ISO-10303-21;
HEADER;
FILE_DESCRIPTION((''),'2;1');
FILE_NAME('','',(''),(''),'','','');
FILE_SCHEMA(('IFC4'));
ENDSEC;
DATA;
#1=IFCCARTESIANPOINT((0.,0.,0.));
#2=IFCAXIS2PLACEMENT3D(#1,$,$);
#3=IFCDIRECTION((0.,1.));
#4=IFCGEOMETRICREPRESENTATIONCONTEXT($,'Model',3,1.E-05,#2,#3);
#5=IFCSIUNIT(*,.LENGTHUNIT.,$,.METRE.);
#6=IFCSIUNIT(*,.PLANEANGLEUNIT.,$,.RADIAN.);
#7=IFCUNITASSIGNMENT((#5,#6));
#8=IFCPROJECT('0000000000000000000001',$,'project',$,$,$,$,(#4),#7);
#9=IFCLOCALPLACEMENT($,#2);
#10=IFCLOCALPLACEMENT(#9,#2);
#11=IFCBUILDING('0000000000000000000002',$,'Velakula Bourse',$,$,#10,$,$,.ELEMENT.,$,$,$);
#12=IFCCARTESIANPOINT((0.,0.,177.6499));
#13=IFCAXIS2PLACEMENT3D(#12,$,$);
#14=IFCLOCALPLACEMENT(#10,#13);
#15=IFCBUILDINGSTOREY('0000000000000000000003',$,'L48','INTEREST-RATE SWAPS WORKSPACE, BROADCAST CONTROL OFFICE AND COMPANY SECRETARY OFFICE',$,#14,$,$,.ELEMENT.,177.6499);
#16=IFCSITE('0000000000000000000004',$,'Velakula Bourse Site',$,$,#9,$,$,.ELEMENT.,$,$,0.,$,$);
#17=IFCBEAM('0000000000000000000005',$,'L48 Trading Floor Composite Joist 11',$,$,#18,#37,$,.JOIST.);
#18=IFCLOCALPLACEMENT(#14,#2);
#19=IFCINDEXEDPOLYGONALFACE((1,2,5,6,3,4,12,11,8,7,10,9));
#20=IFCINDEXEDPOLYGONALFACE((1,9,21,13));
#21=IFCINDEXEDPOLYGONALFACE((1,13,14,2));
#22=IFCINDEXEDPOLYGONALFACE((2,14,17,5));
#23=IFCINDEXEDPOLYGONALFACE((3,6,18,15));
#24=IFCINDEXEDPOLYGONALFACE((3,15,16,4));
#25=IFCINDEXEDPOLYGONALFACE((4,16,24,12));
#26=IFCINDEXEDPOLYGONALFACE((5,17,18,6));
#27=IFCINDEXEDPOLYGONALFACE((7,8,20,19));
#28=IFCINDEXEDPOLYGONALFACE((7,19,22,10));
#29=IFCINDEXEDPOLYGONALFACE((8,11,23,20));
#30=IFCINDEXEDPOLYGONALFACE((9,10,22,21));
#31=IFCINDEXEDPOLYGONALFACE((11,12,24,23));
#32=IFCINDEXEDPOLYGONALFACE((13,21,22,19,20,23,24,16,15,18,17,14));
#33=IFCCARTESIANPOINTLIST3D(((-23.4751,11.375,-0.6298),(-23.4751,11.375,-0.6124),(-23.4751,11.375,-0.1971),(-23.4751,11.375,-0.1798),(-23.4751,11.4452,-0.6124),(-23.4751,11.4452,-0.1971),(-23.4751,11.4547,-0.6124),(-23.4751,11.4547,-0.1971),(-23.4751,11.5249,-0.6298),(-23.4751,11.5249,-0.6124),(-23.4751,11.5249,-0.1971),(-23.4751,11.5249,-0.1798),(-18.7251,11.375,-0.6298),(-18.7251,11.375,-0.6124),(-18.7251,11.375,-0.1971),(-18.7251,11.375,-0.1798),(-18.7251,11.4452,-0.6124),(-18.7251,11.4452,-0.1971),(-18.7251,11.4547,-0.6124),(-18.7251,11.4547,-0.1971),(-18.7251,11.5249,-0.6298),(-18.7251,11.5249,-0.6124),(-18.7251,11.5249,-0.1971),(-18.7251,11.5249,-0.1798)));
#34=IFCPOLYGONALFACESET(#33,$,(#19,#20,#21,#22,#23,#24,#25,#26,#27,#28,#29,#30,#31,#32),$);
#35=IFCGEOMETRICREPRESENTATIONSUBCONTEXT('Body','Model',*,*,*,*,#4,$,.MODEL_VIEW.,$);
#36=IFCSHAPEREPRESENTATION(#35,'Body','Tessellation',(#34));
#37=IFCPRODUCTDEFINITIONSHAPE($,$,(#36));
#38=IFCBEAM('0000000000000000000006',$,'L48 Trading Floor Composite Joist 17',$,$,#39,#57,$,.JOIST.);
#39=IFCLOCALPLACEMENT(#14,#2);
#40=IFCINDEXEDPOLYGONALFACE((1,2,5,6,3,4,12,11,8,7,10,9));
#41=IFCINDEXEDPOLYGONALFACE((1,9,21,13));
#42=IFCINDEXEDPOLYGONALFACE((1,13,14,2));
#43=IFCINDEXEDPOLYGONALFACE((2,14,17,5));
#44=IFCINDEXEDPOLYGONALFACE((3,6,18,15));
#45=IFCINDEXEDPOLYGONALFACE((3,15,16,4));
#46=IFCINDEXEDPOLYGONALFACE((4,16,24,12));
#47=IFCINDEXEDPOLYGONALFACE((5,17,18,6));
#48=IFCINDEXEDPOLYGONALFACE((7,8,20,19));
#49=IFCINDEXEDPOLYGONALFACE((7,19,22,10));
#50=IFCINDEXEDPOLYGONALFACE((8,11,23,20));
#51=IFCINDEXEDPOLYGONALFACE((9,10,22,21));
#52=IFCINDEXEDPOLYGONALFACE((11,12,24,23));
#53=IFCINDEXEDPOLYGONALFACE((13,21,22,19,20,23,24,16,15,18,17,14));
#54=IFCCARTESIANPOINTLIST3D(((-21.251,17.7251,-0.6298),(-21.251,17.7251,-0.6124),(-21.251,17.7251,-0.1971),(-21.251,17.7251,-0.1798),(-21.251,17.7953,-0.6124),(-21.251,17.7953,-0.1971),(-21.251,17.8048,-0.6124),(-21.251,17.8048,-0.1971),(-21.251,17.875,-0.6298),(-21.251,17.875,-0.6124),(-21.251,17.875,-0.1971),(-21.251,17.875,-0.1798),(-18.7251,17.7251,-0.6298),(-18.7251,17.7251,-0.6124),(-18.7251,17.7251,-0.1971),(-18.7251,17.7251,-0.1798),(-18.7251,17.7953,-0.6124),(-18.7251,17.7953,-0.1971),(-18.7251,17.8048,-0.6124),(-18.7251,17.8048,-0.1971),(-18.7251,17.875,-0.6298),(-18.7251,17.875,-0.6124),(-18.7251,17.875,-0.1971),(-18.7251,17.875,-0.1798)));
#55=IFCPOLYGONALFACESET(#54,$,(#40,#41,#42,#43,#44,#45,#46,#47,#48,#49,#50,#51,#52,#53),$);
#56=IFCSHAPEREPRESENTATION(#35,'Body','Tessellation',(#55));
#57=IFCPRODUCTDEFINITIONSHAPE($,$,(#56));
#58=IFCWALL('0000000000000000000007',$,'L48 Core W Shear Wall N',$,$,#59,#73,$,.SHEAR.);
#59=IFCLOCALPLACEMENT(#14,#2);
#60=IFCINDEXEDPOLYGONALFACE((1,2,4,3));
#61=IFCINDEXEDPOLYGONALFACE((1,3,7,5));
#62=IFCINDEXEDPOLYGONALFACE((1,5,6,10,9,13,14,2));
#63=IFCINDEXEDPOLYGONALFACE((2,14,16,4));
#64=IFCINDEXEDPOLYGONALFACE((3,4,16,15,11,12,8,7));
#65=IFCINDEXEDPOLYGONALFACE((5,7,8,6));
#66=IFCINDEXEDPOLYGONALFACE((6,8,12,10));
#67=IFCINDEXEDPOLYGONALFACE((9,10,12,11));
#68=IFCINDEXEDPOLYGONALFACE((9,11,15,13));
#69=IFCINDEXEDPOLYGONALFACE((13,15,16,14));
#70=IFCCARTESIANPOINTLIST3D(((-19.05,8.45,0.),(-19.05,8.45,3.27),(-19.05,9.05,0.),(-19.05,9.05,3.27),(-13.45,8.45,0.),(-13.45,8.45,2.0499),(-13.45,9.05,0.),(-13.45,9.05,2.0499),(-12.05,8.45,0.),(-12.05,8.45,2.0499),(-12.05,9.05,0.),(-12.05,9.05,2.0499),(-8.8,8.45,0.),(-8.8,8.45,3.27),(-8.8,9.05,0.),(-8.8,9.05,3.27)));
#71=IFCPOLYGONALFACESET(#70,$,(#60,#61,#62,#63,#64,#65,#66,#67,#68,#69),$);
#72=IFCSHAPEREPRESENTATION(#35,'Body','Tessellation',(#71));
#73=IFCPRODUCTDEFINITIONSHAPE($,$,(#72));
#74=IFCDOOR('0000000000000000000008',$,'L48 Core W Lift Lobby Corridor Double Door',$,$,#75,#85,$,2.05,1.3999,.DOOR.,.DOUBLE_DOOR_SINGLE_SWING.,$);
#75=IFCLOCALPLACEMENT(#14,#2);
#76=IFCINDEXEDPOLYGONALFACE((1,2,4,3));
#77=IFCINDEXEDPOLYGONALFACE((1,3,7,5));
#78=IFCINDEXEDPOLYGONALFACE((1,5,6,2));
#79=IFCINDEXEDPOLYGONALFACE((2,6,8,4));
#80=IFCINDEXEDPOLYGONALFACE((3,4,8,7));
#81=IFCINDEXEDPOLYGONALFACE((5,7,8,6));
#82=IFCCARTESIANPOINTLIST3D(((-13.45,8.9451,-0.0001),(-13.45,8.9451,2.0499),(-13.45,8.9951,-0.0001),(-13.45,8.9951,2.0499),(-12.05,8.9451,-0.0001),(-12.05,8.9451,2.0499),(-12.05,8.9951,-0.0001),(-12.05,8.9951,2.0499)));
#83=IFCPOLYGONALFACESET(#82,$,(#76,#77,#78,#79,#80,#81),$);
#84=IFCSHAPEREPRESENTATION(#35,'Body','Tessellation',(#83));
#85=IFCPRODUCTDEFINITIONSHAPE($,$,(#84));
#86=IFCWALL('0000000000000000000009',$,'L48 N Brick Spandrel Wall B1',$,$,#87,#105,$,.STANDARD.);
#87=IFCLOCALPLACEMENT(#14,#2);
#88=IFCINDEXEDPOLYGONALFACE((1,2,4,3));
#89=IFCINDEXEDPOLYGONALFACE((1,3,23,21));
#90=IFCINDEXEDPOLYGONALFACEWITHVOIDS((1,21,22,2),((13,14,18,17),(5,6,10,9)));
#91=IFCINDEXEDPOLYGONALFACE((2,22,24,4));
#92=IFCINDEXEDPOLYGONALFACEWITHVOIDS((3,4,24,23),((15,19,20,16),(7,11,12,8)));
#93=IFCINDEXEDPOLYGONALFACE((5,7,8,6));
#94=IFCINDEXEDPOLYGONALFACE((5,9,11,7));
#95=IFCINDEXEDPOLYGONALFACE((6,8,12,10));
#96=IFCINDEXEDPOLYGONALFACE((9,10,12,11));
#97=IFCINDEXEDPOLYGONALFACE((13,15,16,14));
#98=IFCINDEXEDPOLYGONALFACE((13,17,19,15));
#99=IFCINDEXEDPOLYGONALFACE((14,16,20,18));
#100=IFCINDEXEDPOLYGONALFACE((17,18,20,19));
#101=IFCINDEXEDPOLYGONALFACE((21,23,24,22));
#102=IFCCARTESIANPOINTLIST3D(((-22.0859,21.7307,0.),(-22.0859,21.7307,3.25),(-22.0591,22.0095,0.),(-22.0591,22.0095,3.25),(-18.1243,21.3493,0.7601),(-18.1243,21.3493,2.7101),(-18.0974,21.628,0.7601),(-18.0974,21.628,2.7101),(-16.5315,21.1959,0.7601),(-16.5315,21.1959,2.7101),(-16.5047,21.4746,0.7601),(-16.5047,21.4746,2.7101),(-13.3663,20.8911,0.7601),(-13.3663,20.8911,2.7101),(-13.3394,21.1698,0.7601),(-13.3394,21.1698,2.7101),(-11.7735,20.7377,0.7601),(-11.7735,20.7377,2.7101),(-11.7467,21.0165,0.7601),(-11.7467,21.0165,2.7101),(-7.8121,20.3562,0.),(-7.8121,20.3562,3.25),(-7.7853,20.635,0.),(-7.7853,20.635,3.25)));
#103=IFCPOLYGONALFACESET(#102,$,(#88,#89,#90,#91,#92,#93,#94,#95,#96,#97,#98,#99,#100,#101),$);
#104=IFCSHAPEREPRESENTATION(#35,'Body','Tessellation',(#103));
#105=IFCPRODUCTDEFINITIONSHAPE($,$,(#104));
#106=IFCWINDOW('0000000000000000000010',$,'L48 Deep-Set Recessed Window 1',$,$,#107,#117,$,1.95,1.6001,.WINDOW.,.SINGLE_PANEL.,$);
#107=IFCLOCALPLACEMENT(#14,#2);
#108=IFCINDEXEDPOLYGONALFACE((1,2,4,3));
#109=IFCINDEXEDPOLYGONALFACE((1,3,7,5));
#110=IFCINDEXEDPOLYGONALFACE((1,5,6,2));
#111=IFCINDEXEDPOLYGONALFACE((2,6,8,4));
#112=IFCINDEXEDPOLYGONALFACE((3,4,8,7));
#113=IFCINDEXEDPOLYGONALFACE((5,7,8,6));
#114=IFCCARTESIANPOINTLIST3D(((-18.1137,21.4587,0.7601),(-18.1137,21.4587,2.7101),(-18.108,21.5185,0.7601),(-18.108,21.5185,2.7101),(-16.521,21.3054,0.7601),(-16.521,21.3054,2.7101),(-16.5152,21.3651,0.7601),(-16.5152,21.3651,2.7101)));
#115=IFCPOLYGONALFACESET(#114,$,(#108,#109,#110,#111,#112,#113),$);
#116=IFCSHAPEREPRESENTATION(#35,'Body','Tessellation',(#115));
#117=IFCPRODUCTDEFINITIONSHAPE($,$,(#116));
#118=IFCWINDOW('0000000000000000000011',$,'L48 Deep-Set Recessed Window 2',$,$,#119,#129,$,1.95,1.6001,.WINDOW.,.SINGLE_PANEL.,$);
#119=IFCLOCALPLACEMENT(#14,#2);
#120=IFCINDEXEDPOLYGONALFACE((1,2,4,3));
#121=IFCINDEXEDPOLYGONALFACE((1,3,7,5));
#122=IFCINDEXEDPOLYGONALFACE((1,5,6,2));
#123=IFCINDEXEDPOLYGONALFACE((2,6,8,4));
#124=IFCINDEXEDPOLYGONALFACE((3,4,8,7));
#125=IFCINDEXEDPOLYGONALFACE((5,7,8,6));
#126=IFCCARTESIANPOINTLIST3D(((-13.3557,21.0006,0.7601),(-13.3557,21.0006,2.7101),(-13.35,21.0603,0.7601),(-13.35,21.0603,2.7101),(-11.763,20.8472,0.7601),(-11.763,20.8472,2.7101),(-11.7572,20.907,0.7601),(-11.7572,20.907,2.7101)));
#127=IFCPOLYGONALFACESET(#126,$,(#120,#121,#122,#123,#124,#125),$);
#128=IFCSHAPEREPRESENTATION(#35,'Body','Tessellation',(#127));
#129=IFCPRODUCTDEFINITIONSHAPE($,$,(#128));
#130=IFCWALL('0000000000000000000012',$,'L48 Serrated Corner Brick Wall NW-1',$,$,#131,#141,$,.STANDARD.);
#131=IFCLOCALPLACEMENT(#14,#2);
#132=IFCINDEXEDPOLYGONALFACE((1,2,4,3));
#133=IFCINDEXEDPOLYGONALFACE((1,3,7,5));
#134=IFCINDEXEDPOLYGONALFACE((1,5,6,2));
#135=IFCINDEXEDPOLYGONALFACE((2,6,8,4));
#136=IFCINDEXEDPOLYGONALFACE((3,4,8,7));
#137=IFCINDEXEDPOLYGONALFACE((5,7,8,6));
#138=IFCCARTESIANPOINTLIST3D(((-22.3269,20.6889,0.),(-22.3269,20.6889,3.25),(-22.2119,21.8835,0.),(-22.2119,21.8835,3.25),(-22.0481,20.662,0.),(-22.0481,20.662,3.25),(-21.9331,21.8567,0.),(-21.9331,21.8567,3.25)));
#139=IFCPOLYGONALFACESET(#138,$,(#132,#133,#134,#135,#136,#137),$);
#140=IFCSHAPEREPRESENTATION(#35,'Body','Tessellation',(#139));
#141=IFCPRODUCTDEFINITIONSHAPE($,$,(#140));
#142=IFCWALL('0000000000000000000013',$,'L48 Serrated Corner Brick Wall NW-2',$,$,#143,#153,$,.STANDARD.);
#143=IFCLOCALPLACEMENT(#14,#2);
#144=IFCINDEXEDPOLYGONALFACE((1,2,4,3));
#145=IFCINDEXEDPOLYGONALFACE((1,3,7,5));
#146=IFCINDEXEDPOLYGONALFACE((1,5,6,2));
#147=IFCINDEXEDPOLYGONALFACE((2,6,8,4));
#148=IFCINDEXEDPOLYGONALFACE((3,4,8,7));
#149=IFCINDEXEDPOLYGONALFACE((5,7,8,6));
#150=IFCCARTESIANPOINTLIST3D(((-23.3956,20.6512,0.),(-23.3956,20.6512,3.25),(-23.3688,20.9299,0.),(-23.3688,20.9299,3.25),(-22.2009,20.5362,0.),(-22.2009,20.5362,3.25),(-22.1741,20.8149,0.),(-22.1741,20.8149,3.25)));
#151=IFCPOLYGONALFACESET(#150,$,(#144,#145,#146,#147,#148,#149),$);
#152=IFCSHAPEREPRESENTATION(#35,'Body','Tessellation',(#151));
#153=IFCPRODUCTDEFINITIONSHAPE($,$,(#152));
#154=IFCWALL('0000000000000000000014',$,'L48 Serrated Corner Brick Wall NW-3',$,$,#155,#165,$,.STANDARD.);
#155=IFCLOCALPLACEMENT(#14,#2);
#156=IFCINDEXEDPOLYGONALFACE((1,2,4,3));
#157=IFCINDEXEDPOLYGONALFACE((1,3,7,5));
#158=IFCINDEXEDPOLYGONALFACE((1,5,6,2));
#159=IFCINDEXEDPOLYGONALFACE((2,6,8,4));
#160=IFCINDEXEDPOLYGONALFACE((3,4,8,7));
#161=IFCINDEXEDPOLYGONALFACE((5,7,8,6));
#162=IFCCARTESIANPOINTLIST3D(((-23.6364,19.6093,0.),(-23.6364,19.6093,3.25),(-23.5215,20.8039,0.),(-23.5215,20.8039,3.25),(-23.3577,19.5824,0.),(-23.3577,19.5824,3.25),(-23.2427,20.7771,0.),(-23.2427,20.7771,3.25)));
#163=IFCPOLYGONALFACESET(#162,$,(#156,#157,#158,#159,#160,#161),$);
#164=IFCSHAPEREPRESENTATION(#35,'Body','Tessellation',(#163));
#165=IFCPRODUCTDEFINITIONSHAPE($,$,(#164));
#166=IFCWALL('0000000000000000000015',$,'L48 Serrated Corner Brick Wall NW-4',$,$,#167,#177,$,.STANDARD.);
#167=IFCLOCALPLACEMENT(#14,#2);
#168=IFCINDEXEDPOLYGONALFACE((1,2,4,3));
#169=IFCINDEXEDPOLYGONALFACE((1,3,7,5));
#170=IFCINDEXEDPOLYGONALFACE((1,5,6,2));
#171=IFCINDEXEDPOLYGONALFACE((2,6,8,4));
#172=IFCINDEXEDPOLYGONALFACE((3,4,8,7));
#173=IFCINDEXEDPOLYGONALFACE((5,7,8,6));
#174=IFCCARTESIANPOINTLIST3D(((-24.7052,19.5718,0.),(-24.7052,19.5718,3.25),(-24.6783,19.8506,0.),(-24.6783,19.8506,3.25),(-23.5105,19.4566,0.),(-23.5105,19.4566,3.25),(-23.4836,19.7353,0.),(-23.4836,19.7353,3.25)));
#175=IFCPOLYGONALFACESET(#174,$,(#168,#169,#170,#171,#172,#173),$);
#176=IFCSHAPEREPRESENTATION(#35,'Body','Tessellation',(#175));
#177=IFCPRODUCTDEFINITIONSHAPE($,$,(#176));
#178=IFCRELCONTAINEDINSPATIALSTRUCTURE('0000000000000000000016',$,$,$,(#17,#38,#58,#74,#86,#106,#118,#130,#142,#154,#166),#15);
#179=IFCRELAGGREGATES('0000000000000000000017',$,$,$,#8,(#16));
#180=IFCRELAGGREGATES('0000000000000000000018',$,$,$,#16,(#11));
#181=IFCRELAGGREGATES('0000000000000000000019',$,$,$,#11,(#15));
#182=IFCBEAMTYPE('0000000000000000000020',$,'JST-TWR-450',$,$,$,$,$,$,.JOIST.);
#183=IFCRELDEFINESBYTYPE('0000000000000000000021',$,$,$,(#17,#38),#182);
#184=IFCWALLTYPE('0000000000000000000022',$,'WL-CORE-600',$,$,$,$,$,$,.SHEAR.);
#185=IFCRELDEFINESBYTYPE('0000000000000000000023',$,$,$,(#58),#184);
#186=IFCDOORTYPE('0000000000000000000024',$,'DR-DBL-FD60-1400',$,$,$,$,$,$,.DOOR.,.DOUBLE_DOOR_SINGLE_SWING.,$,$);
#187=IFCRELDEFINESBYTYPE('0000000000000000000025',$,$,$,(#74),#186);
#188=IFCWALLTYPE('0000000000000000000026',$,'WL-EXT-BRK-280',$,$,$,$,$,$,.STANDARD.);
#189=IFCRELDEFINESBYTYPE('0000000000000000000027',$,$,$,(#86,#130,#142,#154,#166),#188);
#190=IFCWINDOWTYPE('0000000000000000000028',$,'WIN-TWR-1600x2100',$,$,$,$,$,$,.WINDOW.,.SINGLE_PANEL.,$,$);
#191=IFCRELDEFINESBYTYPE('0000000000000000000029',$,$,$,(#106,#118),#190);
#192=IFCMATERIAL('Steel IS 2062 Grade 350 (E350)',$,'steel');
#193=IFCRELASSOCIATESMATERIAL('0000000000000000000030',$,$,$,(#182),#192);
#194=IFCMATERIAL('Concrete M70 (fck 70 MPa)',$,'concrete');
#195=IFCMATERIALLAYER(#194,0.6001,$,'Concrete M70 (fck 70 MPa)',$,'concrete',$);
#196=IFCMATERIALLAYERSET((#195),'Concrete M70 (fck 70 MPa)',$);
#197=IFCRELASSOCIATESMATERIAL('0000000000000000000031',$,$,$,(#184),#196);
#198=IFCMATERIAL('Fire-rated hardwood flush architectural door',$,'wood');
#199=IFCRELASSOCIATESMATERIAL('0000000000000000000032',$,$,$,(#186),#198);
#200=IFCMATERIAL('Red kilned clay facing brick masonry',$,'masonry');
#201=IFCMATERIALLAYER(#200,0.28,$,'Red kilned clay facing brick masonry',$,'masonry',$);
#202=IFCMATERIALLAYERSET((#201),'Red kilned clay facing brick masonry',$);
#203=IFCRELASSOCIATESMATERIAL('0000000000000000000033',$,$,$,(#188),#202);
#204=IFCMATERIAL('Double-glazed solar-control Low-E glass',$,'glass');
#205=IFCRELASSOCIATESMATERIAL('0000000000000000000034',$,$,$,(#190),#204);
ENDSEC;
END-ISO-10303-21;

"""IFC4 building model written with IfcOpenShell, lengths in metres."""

from ifc_helpers import new_model, si_unit, direction, frame, frame_2d, origin, origin_2d, place, context, subcontext, project, spatial, rectangle, i_section, extrude, material, layer, layer_set, material_profile, profile_set, type_object, element, fill, save


model = new_model("IFC4")

# Units and contexts
model_context = context("Model", 3, precision=1e-05, world=origin(), true_north=direction((0.0, 1.0)))
body_context = subcontext(model_context, "Body", "Model", "MODEL_VIEW")
ifc_project = project(units=[si_unit("LENGTHUNIT", "METRE"), si_unit("PLANEANGLEUNIT", "RADIAN")], contexts=[model_context])

# Site, building, storey
site_placement = place(None, origin())
site = spatial("IfcSite", under=ifc_project, at=site_placement, Name="Velakula Bourse Site", CompositionType="ELEMENT", RefElevation=0.0)
building_placement = place(site_placement, origin())
building = spatial("IfcBuilding", under=site, at=building_placement, Name="Velakula Bourse", CompositionType="ELEMENT")
storey_placement = place(building_placement, frame((0.0, 0.0, 177.6499)))
storey = spatial("IfcBuildingStorey", under=building, at=storey_placement, Name="L48", Description="INTEREST-RATE SWAPS WORKSPACE, BROADCAST CONTROL OFFICE AND COMPANY SECRETARY OFFICE", CompositionType="ELEMENT", Elevation=177.6499)

# Shared definitions
ifc_material_1 = material(Name="Steel IS 2062 Grade 350 (E350)", Category="steel")

# Beams
ifc_material_profile_1 = material_profile(ifc_material_1, i_section(OverallWidth=0.1499, OverallDepth=0.45, WebThickness=0.0095, FlangeThickness=0.0173, at=origin_2d()), Name="Steel IS 2062 Grade 350 (E350)")
ifc_profile_set_1 = profile_set([ifc_material_profile_1], Name="Steel IS 2062 Grade 350 (E350)")
beam_type_1 = type_object("IfcBeamType", Name="JST-TWR-450", PredefinedType="JOIST", material=ifc_profile_set_1)
beam_1_placement = place(storey_placement, frame((-23.4751, 11.45, -0.4048), z_axis=(1.0, 0.0, 0.0), x_axis=(0.0, 1.0, 0.0)))
element("IfcBeam", 1, at=beam_1_placement, inside=storey, type_object=beam_type_1, Name="L48 Trading Floor Composite Joist 11", PredefinedType="JOIST", context=body_context, shape_type="SweptSolid", body=[
    extrude(i_section(OverallWidth=0.1499, OverallDepth=0.45, WebThickness=0.0095, FlangeThickness=0.0173, at=origin_2d()), origin(), (0.0, 0.0, 1.0), 4.75),
])
beam_2_placement = place(storey_placement, frame((-21.251, 17.8, -0.4048), z_axis=(1.0, 0.0, 0.0), x_axis=(0.0, 1.0, 0.0)))
element("IfcBeam", 2, at=beam_2_placement, inside=storey, type_object=beam_type_1, Name="L48 Trading Floor Composite Joist 17", PredefinedType="JOIST", context=body_context, shape_type="SweptSolid", body=[
    extrude(i_section(OverallWidth=0.1499, OverallDepth=0.45, WebThickness=0.0095, FlangeThickness=0.0173, at=origin_2d()), origin(), (0.0, 0.0, 1.0), 2.5259),
])

# Wall, opening, door
ifc_material_2 = material(Name="Concrete M70 (fck 70 MPa)", Category="concrete")
ifc_layer_1 = layer(ifc_material_2, 0.6001, Name="Concrete M70 (fck 70 MPa)", Category="concrete")
ifc_layer_set_1 = layer_set([ifc_layer_1], Name="Concrete M70 (fck 70 MPa)")
wall_type_1 = type_object("IfcWallType", Name="WL-CORE-600", PredefinedType="SHEAR", material=ifc_layer_set_1)
wall_1_placement = place(storey_placement, frame((-19.05, 8.75, 0.0), z_axis=(0.0, 0.0, 1.0), x_axis=(1.0, 0.0, 0.0)))
wall_1 = element("IfcWall", 3, at=wall_1_placement, inside=storey, type_object=wall_type_1, Name="L48 Core W Shear Wall N", PredefinedType="SHEAR", context=body_context, shape_type="SweptSolid", body=[
    extrude(rectangle(XDim=10.25, YDim=0.6001, at=frame_2d((5.125, 0.0))), origin(), (0.0, 0.0, 1.0), 3.27),
])
opening_1_placement = place(wall_1_placement, frame((5.6001, 0.0, 0.0)))
opening_1 = element("IfcOpeningElement", 4, at=opening_1_placement, cuts=wall_1, PredefinedType="OPENING", context=body_context, shape_type="SweptSolid", body=[
    extrude(rectangle(XDim=1.3999, YDim=2.05, at=frame_2d((0.7, 1.0249))), frame((0.0, 0.3101, 0.0), z_axis=(0.0, -1.0, 0.0), x_axis=(1.0, 0.0, 0.0)), (0.0, 0.0, 1.0), 0.6201),
])
ifc_material_3 = material(Name="Fire-rated hardwood flush architectural door", Category="wood")
door_type_1 = type_object("IfcDoorType", Name="DR-DBL-FD60-1400", OperationType="DOUBLE_DOOR_SINGLE_SWING", PredefinedType="DOOR", material=ifc_material_3)
door_1_placement = place(opening_1_placement, origin())
door_1 = element("IfcDoor", 5, at=door_1_placement, inside=storey, type_object=door_type_1, Name="L48 Core W Lift Lobby Corridor Double Door", OperationType="DOUBLE_DOOR_SINGLE_SWING", OverallHeight=2.05, OverallWidth=1.3999, PredefinedType="DOOR", context=body_context, shape_type="SweptSolid", body=[
    extrude(rectangle(XDim=1.3999, YDim=2.05, at=frame_2d((0.7, 1.0249))), frame((0.0, 0.2451, 0.0), z_axis=(0.0, -1.0, 0.0), x_axis=(1.0, 0.0, 0.0)), (0.0, 0.0, 1.0), 0.05),
])
fill(opening_1, door_1)

# Wall, openings, windows
ifc_material_4 = material(Name="Red kilned clay facing brick masonry", Category="masonry")
ifc_layer_2 = layer(ifc_material_4, 0.28, Name="Red kilned clay facing brick masonry", Category="masonry")
ifc_layer_set_2 = layer_set([ifc_layer_2], Name="Red kilned clay facing brick masonry")
wall_type_2 = type_object("IfcWallType", Name="WL-EXT-BRK-280", PredefinedType="STANDARD", material=ifc_layer_set_2)
wall_2_placement = place(storey_placement, frame((-22.0725, 21.8701, 0.0), z_axis=(0.0, 0.0, 1.0), x_axis=(0.995396, -0.095852, 0.0)))
wall_2 = element("IfcWall", 6, at=wall_2_placement, inside=storey, type_object=wall_type_2, Name="L48 N Brick Spandrel Wall B1", PredefinedType="STANDARD", context=body_context, shape_type="SweptSolid", body=[
    extrude(rectangle(XDim=14.3398, YDim=0.28, at=frame_2d((7.1699, 0.0))), origin(), (0.0, 0.0, 1.0), 3.25),
])
opening_2_placement = place(wall_2_placement, frame((3.98, 0.0, 0.76)))
opening_2 = element("IfcOpeningElement", 7, at=opening_2_placement, cuts=wall_2, PredefinedType="OPENING", context=body_context, shape_type="SweptSolid", body=[
    extrude(rectangle(XDim=1.6001, YDim=1.95, at=frame_2d((0.8, 0.9751))), frame((0.0, 0.1499, 0.0), z_axis=(0.0, -1.0, 0.0), x_axis=(1.0, 0.0, 0.0)), (0.0, 0.0, 1.0), 0.3),
])
opening_3_placement = place(wall_2_placement, frame((8.76, 0.0, 0.76)))
opening_3 = element("IfcOpeningElement", 8, at=opening_3_placement, cuts=wall_2, PredefinedType="OPENING", context=body_context, shape_type="SweptSolid", body=[
    extrude(rectangle(XDim=1.6001, YDim=1.95, at=frame_2d((0.8, 0.9751))), frame((0.0, 0.1499, 0.0), z_axis=(0.0, -1.0, 0.0), x_axis=(1.0, 0.0, 0.0)), (0.0, 0.0, 1.0), 0.3),
])
ifc_material_5 = material(Name="Double-glazed solar-control Low-E glass", Category="glass")
window_type = type_object("IfcWindowType", Name="WIN-TWR-1600x2100", PartitioningType="SINGLE_PANEL", PredefinedType="WINDOW", material=ifc_material_5)
window_1_placement = place(opening_2_placement, origin())
window_1 = element("IfcWindow", 9, at=window_1_placement, inside=storey, type_object=window_type, Name="L48 Deep-Set Recessed Window 1", OverallHeight=1.95, OverallWidth=1.6001, PartitioningType="SINGLE_PANEL", PredefinedType="WINDOW", context=body_context, shape_type="SweptSolid", body=[
    extrude(rectangle(XDim=1.6001, YDim=1.95, at=frame_2d((0.8, 0.9751))), frame((0.0, 0.03, 0.0), z_axis=(0.0, -1.0, 0.0), x_axis=(1.0, 0.0, 0.0)), (0.0, 0.0, 1.0), 0.0601),
])
fill(opening_2, window_1)
window_2_placement = place(opening_3_placement, origin())
window_2 = element("IfcWindow", 10, at=window_2_placement, inside=storey, type_object=window_type, Name="L48 Deep-Set Recessed Window 2", OverallHeight=1.95, OverallWidth=1.6001, PartitioningType="SINGLE_PANEL", PredefinedType="WINDOW", context=body_context, shape_type="SweptSolid", body=[
    extrude(rectangle(XDim=1.6001, YDim=1.95, at=frame_2d((0.8, 0.9751))), frame((0.0, 0.03, 0.0), z_axis=(0.0, -1.0, 0.0), x_axis=(1.0, 0.0, 0.0)), (0.0, 0.0, 1.0), 0.0601),
])
fill(opening_3, window_2)

# Walls
for number, where, z_axis, x_axis, name in (
    (11, (-22.0725, 21.8701, 0.0), (0.0, 0.0, 1.0), (-0.095817, -0.995399, 0.0), "L48 Serrated Corner Brick Wall NW-1"),
    (12, (-22.1875, 20.6755, 0.0), (0.0, 0.0, 1.0), (-0.995399, 0.095817, 0.0), "L48 Serrated Corner Brick Wall NW-2"),
    (13, (-23.3821, 20.7905, 0.0), (0.0, 0.0, 1.0), (-0.095817, -0.995399, 0.0), "L48 Serrated Corner Brick Wall NW-3"),
    (14, (-23.4971, 19.5959, 0.0), (0.0, 0.0, 1.0), (-0.99538, 0.096019, 0.0), "L48 Serrated Corner Brick Wall NW-4"),
):
    element("IfcWall", number, at=place(storey_placement, frame(where, z_axis=z_axis, x_axis=x_axis)), inside=storey, type_object=wall_type_2, Name=name, PredefinedType="STANDARD", context=body_context, shape_type="SweptSolid", body=[
        extrude(rectangle(XDim=1.2002, YDim=0.28, at=frame_2d((0.6001, 0.0))), origin(), (0.0, 0.0, 1.0), 3.25),
    ])

save(model, "model.ifc")
